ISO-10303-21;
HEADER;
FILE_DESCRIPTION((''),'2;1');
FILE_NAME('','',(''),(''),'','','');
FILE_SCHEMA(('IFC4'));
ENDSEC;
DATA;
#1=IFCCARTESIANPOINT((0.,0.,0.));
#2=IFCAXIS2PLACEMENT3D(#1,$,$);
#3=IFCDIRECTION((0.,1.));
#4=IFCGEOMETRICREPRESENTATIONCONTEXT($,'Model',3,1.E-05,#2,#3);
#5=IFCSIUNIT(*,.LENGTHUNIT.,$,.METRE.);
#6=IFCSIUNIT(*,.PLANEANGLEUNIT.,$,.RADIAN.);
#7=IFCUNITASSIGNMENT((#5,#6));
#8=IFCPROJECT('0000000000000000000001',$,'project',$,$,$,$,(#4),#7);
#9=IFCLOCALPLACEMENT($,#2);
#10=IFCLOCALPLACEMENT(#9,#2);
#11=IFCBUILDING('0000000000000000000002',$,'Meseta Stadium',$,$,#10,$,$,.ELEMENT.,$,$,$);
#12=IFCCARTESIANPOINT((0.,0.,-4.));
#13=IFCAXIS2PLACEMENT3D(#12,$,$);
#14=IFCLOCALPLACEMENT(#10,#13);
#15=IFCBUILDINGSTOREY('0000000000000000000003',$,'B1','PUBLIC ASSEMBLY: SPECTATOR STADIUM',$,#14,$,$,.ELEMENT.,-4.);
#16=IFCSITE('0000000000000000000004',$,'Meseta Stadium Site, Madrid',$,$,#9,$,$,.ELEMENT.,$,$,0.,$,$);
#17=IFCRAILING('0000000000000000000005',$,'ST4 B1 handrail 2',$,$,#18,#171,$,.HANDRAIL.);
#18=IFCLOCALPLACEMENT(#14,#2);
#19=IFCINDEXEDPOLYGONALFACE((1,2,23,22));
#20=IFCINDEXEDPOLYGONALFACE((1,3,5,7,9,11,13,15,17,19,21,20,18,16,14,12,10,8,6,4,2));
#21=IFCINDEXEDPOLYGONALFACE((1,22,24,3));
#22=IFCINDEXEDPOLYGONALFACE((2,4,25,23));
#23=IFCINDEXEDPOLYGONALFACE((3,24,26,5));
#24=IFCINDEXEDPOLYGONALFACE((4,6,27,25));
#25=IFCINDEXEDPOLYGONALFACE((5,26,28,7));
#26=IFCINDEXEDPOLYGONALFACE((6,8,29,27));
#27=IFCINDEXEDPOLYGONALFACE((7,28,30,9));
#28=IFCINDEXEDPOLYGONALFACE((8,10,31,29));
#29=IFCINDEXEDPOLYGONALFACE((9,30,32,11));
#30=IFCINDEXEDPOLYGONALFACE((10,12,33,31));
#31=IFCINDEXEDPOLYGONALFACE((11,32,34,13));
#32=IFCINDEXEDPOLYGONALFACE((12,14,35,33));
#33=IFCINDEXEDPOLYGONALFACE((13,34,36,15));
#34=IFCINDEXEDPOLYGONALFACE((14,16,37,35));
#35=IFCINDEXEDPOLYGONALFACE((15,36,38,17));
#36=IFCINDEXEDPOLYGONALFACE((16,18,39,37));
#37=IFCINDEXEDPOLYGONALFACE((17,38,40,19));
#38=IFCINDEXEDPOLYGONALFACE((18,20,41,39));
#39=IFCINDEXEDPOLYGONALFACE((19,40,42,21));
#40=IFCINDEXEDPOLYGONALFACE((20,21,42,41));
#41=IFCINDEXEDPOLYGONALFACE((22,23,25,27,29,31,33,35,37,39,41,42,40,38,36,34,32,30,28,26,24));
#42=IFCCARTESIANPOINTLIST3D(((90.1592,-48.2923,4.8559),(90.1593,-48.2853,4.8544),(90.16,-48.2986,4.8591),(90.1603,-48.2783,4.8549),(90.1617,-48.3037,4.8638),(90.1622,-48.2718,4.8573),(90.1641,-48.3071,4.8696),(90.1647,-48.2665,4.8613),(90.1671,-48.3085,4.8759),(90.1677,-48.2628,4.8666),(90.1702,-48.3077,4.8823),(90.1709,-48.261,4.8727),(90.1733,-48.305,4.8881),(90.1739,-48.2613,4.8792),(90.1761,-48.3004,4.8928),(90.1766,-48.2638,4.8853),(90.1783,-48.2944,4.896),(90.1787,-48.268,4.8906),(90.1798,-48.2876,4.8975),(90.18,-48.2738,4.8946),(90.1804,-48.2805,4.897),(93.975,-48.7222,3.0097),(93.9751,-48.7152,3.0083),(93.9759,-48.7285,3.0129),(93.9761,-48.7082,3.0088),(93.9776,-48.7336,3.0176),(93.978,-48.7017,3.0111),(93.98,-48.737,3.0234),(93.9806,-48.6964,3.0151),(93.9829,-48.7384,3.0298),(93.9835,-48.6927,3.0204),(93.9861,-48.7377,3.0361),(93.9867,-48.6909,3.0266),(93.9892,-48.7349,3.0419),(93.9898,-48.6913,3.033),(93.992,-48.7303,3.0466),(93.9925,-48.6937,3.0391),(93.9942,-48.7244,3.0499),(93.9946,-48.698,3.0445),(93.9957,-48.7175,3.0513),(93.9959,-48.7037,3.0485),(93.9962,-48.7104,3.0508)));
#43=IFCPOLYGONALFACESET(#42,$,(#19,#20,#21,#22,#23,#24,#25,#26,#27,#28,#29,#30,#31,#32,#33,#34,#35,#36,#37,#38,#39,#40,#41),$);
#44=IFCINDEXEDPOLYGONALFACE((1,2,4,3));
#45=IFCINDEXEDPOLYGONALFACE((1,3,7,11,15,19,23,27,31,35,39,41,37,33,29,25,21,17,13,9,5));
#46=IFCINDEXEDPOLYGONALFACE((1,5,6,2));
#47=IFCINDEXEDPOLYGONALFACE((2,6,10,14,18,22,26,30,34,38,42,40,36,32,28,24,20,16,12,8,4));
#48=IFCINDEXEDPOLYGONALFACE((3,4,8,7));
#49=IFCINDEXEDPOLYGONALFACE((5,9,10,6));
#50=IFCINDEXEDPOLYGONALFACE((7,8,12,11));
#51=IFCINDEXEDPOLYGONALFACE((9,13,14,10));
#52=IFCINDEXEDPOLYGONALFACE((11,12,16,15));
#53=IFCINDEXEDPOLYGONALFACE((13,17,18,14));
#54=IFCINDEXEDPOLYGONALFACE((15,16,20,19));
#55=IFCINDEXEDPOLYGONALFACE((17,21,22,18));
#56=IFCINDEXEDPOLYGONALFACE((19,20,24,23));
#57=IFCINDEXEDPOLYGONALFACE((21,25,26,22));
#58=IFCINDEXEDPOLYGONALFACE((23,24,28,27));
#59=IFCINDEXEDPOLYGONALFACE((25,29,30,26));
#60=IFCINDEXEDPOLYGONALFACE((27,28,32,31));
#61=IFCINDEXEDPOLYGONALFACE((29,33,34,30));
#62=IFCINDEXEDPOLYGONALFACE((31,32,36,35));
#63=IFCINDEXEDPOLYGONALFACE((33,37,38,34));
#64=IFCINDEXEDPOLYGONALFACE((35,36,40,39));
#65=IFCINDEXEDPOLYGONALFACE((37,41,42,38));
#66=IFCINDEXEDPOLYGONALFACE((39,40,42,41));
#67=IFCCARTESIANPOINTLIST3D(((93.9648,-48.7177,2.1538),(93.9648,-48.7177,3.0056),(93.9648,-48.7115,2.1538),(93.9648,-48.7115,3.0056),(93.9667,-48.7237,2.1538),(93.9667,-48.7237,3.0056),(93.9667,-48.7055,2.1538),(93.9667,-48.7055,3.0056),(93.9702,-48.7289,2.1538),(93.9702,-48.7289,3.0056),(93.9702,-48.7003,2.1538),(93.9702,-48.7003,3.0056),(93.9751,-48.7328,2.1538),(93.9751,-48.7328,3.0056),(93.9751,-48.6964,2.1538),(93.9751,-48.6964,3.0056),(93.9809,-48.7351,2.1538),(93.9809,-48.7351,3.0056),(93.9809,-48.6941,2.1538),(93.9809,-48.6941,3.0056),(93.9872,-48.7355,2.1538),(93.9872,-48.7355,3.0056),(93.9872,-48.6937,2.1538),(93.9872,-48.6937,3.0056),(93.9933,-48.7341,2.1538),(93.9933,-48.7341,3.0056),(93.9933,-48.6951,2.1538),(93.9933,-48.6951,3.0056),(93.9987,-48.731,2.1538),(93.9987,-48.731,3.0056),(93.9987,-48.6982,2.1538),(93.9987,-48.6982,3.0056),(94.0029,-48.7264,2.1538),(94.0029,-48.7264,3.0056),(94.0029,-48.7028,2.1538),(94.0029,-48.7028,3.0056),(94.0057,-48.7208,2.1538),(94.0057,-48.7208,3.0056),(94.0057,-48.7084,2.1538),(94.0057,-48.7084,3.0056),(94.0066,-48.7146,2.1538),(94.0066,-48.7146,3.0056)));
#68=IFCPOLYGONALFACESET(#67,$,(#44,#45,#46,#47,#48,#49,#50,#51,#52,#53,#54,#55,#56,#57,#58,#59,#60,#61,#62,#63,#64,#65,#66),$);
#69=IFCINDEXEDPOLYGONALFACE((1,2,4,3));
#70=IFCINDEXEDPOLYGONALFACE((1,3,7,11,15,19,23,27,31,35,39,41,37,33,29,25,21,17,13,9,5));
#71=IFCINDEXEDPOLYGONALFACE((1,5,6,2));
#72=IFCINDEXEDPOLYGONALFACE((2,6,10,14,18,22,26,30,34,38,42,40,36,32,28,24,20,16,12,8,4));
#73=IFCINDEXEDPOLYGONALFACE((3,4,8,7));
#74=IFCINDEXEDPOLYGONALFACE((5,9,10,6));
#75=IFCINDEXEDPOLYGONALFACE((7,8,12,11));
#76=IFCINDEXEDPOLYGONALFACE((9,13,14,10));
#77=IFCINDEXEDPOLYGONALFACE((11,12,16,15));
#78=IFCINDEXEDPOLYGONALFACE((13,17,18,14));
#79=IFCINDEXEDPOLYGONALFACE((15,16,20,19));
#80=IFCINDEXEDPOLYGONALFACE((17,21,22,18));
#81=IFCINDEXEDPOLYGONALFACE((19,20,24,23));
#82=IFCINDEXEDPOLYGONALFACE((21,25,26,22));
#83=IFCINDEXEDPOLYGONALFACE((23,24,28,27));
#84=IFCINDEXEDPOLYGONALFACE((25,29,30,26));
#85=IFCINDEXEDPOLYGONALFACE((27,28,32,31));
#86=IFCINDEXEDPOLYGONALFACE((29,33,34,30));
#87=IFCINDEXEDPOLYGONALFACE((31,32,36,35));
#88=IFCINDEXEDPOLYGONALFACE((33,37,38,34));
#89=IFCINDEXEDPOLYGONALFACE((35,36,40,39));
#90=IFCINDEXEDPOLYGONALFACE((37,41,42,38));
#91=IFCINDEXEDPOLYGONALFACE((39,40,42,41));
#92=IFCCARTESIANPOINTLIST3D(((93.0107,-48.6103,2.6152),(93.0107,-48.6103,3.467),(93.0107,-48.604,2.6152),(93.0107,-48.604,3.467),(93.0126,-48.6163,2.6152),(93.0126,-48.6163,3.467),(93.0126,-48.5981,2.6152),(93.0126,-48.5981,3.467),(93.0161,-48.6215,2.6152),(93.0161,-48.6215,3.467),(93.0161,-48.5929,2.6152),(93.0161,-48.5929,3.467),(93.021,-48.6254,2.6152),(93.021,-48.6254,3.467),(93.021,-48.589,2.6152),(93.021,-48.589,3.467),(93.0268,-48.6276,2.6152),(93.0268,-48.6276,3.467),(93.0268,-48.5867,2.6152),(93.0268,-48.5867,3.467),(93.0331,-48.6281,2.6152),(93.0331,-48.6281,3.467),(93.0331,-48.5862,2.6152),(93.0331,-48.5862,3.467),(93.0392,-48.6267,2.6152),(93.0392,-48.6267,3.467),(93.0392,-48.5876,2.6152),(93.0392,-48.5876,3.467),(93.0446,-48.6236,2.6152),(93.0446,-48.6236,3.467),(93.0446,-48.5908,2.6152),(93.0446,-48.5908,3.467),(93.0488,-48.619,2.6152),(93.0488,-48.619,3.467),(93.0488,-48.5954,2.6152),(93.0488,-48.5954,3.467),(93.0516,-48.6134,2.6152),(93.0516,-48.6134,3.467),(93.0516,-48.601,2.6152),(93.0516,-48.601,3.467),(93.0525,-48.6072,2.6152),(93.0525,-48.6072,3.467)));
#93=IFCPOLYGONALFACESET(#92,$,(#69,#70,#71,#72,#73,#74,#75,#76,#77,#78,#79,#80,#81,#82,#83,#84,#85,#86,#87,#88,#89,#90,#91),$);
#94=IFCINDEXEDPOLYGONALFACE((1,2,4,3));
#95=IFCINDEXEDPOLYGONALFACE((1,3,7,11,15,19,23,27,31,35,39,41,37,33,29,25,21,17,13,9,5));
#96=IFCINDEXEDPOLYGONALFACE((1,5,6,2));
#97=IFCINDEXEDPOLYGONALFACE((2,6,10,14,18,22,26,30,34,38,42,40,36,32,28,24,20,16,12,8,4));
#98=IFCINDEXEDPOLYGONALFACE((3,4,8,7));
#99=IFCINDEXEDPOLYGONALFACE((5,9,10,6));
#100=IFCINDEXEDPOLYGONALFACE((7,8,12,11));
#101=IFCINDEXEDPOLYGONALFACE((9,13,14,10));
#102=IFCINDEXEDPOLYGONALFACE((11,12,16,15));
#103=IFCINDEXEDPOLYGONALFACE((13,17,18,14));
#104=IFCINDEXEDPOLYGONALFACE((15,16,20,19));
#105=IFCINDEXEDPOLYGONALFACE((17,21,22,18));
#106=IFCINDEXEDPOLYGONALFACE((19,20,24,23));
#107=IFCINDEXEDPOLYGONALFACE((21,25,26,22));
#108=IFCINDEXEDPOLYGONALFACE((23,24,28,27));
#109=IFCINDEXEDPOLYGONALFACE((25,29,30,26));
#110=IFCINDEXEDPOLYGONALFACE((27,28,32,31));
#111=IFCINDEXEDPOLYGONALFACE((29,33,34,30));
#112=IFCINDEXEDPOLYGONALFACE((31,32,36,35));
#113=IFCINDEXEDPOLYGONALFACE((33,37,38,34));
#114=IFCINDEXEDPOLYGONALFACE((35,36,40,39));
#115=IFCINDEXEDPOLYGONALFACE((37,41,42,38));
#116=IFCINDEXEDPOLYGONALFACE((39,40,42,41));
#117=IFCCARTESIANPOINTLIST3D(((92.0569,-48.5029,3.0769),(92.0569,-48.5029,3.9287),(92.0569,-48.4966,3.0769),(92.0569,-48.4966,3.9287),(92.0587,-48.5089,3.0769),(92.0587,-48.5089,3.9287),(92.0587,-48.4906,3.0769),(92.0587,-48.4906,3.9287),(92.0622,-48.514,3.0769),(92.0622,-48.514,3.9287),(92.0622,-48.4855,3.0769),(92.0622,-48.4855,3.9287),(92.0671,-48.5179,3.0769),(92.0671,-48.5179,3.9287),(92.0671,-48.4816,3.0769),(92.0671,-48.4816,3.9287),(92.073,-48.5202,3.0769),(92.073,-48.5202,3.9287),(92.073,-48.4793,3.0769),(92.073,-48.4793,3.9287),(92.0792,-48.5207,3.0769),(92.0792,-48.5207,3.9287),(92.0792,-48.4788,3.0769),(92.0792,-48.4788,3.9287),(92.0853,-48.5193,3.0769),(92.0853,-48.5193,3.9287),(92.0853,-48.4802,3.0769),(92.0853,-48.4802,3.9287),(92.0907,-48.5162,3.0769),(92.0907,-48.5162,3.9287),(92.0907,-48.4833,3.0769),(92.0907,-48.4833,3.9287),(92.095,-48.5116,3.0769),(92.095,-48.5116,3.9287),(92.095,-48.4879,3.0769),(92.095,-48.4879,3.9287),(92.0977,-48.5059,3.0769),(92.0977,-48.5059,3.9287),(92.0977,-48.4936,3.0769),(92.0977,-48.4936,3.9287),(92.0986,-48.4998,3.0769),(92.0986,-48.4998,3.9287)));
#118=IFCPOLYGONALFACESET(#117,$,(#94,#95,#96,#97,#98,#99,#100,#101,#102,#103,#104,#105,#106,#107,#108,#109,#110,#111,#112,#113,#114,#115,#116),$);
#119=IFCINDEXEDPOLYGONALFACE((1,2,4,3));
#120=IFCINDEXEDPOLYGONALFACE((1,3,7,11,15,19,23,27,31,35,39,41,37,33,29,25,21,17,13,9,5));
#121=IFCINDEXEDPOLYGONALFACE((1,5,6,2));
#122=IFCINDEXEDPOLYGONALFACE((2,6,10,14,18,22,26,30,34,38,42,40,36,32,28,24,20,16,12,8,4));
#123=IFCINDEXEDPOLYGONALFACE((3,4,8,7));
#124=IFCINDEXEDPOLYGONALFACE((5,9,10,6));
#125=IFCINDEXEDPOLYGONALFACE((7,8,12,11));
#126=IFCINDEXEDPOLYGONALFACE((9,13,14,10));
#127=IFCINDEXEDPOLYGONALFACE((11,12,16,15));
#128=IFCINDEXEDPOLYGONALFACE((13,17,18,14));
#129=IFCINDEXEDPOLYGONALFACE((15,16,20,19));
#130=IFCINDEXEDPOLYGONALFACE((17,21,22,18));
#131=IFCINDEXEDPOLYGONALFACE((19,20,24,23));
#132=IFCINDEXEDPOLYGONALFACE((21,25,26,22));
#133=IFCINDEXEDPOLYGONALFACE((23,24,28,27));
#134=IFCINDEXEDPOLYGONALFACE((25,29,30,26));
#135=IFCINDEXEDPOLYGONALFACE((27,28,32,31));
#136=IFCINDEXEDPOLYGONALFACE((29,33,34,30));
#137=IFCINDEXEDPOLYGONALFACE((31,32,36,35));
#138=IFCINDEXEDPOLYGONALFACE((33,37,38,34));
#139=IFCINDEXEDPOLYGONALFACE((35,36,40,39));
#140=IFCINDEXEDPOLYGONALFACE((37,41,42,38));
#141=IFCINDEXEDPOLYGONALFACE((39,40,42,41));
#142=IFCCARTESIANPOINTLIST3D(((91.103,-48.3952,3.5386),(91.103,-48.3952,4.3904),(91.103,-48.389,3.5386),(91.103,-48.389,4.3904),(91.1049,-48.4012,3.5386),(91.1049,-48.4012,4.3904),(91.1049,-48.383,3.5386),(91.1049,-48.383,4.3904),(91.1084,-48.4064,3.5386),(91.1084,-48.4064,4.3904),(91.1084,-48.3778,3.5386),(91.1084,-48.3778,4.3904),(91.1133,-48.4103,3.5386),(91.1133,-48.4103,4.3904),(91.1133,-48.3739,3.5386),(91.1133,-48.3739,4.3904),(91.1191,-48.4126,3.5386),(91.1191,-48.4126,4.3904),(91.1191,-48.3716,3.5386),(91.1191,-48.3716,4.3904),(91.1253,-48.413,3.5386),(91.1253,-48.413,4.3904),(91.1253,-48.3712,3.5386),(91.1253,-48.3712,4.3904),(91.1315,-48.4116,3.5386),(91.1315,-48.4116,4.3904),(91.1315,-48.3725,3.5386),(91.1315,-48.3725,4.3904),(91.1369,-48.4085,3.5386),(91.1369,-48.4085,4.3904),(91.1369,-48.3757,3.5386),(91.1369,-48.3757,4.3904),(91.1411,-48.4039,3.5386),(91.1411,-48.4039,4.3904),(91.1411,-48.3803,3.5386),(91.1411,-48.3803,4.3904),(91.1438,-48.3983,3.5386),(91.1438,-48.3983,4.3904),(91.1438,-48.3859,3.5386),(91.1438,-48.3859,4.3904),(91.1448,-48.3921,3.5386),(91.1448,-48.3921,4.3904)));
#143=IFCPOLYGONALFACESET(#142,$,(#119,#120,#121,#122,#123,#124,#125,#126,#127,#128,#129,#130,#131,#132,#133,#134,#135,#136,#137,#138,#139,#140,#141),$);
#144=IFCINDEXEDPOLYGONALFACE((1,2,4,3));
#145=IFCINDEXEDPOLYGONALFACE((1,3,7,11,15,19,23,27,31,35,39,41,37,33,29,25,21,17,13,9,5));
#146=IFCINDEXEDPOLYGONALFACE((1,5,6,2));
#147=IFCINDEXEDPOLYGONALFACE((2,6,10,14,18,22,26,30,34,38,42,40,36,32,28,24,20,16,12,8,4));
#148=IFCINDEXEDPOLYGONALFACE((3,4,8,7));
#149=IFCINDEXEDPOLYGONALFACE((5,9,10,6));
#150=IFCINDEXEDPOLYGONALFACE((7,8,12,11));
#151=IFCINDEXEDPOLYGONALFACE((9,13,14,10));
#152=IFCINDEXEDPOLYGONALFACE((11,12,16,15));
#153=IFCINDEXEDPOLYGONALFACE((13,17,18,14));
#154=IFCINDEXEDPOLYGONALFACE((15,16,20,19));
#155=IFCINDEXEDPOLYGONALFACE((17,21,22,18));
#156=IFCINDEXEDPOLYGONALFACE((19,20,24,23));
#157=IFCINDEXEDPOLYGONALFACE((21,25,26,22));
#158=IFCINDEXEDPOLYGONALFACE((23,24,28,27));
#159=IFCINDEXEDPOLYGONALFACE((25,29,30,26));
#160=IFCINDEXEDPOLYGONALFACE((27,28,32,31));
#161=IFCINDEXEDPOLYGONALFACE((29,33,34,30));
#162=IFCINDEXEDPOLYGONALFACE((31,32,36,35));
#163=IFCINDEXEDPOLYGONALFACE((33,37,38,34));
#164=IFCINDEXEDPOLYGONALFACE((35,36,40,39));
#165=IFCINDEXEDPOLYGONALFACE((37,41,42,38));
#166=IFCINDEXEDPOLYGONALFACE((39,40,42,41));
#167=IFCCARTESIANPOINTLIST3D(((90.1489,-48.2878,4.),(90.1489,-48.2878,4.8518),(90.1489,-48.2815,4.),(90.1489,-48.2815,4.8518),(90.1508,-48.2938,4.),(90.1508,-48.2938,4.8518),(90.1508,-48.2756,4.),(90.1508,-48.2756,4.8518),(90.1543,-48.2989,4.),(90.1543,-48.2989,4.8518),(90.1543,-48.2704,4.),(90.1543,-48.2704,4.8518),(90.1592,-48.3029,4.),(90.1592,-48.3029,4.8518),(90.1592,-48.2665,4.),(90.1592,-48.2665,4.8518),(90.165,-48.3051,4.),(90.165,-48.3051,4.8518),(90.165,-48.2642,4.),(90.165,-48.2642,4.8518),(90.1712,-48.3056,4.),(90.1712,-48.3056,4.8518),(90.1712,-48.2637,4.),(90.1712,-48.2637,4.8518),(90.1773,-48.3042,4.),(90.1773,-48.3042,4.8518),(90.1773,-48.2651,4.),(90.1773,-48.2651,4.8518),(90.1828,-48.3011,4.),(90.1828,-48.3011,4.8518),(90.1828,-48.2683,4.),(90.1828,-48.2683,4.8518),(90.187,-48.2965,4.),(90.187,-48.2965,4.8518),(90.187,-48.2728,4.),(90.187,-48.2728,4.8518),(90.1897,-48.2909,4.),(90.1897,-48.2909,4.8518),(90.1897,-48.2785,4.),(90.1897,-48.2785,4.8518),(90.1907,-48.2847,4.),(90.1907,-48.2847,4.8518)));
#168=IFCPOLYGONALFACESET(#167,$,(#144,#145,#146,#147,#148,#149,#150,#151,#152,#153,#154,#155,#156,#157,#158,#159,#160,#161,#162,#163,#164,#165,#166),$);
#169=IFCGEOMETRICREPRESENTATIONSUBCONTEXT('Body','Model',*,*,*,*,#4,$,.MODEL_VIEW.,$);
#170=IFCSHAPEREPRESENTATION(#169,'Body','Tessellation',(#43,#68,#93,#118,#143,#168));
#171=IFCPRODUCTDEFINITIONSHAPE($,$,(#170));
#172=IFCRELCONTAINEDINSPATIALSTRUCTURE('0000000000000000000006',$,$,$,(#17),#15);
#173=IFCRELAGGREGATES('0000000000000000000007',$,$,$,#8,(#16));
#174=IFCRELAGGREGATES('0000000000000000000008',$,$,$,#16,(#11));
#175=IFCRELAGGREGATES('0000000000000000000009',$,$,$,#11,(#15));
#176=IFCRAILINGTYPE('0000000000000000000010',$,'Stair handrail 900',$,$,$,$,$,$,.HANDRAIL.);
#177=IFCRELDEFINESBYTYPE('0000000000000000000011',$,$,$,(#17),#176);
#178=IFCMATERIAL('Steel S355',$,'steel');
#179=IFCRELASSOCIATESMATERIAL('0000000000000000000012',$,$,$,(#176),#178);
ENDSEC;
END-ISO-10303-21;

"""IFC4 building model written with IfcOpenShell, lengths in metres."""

from ifc_helpers import new_model, si_unit, direction, frame, origin, origin_2d, place, context, subcontext, project, spatial, circle, extrude, material, type_object, element, save


model = new_model("IFC4")

# Units and contexts
model_context = context("Model", 3, precision=1e-05, world=origin(), true_north=direction((0.0, 1.0)))
body_context = subcontext(model_context, "Body", "Model", "MODEL_VIEW")
ifc_project = project(units=[si_unit("LENGTHUNIT", "METRE"), si_unit("PLANEANGLEUNIT", "RADIAN")], contexts=[model_context])

# Site, building, storey
site_placement = place(None, origin())
site = spatial("IfcSite", under=ifc_project, at=site_placement, Name="Meseta Stadium Site, Madrid", CompositionType="ELEMENT", RefElevation=0.0)
building_placement = place(site_placement, origin())
building = spatial("IfcBuilding", under=site, at=building_placement, Name="Meseta Stadium", CompositionType="ELEMENT")
storey_placement = place(building_placement, frame((0.0, 0.0, -4.0)))
storey = spatial("IfcBuildingStorey", under=building, at=storey_placement, Name="B1", Description="PUBLIC ASSEMBLY: SPECTATOR STADIUM", CompositionType="ELEMENT", Elevation=-4.0)

# Railing
ifc_material_1 = material(Name="Steel S355", Category="steel")
railing_type_1 = type_object("IfcRailingType", Name="Stair handrail 900", PredefinedType="HANDRAIL", material=ifc_material_1)
railing_1_placement = place(storey_placement, frame((93.9856, -48.7146, 2.1538)))
element("IfcRailing", 1, at=railing_1_placement, inside=storey, type_object=railing_type_1, Name="ST4 B1 handrail 2", PredefinedType="HANDRAIL", context=body_context, shape_type="SweptSolid", body=[
    extrude(circle(Radius=0.0239, at=origin_2d()), frame((0.0, 0.0, 0.876), z_axis=(-0.895585, 0.100904, 0.433296), x_axis=(-0.11196, -0.993713, 0.0)), (0.0, 0.0, 1.0), 4.2607),
    extrude(circle(Radius=0.021, at=origin_2d()), origin(), (0.0, 0.0, 1.0), 0.8518),
    extrude(circle(Radius=0.021, at=origin_2d()), frame((-0.9541, 0.1074, 0.4614)), (0.0, 0.0, 1.0), 0.8518),
    extrude(circle(Radius=0.021, at=origin_2d()), frame((-1.908, 0.2148, 0.9231)), (0.0, 0.0, 1.0), 0.8518),
    extrude(circle(Radius=0.021, at=origin_2d()), frame((-2.8618, 0.3225, 1.3848)), (0.0, 0.0, 1.0), 0.8518),
    extrude(circle(Radius=0.021, at=origin_2d()), frame((-3.8159, 0.4299, 1.8462)), (0.0, 0.0, 1.0), 0.8518),
])

save(model, "model.ifc")
